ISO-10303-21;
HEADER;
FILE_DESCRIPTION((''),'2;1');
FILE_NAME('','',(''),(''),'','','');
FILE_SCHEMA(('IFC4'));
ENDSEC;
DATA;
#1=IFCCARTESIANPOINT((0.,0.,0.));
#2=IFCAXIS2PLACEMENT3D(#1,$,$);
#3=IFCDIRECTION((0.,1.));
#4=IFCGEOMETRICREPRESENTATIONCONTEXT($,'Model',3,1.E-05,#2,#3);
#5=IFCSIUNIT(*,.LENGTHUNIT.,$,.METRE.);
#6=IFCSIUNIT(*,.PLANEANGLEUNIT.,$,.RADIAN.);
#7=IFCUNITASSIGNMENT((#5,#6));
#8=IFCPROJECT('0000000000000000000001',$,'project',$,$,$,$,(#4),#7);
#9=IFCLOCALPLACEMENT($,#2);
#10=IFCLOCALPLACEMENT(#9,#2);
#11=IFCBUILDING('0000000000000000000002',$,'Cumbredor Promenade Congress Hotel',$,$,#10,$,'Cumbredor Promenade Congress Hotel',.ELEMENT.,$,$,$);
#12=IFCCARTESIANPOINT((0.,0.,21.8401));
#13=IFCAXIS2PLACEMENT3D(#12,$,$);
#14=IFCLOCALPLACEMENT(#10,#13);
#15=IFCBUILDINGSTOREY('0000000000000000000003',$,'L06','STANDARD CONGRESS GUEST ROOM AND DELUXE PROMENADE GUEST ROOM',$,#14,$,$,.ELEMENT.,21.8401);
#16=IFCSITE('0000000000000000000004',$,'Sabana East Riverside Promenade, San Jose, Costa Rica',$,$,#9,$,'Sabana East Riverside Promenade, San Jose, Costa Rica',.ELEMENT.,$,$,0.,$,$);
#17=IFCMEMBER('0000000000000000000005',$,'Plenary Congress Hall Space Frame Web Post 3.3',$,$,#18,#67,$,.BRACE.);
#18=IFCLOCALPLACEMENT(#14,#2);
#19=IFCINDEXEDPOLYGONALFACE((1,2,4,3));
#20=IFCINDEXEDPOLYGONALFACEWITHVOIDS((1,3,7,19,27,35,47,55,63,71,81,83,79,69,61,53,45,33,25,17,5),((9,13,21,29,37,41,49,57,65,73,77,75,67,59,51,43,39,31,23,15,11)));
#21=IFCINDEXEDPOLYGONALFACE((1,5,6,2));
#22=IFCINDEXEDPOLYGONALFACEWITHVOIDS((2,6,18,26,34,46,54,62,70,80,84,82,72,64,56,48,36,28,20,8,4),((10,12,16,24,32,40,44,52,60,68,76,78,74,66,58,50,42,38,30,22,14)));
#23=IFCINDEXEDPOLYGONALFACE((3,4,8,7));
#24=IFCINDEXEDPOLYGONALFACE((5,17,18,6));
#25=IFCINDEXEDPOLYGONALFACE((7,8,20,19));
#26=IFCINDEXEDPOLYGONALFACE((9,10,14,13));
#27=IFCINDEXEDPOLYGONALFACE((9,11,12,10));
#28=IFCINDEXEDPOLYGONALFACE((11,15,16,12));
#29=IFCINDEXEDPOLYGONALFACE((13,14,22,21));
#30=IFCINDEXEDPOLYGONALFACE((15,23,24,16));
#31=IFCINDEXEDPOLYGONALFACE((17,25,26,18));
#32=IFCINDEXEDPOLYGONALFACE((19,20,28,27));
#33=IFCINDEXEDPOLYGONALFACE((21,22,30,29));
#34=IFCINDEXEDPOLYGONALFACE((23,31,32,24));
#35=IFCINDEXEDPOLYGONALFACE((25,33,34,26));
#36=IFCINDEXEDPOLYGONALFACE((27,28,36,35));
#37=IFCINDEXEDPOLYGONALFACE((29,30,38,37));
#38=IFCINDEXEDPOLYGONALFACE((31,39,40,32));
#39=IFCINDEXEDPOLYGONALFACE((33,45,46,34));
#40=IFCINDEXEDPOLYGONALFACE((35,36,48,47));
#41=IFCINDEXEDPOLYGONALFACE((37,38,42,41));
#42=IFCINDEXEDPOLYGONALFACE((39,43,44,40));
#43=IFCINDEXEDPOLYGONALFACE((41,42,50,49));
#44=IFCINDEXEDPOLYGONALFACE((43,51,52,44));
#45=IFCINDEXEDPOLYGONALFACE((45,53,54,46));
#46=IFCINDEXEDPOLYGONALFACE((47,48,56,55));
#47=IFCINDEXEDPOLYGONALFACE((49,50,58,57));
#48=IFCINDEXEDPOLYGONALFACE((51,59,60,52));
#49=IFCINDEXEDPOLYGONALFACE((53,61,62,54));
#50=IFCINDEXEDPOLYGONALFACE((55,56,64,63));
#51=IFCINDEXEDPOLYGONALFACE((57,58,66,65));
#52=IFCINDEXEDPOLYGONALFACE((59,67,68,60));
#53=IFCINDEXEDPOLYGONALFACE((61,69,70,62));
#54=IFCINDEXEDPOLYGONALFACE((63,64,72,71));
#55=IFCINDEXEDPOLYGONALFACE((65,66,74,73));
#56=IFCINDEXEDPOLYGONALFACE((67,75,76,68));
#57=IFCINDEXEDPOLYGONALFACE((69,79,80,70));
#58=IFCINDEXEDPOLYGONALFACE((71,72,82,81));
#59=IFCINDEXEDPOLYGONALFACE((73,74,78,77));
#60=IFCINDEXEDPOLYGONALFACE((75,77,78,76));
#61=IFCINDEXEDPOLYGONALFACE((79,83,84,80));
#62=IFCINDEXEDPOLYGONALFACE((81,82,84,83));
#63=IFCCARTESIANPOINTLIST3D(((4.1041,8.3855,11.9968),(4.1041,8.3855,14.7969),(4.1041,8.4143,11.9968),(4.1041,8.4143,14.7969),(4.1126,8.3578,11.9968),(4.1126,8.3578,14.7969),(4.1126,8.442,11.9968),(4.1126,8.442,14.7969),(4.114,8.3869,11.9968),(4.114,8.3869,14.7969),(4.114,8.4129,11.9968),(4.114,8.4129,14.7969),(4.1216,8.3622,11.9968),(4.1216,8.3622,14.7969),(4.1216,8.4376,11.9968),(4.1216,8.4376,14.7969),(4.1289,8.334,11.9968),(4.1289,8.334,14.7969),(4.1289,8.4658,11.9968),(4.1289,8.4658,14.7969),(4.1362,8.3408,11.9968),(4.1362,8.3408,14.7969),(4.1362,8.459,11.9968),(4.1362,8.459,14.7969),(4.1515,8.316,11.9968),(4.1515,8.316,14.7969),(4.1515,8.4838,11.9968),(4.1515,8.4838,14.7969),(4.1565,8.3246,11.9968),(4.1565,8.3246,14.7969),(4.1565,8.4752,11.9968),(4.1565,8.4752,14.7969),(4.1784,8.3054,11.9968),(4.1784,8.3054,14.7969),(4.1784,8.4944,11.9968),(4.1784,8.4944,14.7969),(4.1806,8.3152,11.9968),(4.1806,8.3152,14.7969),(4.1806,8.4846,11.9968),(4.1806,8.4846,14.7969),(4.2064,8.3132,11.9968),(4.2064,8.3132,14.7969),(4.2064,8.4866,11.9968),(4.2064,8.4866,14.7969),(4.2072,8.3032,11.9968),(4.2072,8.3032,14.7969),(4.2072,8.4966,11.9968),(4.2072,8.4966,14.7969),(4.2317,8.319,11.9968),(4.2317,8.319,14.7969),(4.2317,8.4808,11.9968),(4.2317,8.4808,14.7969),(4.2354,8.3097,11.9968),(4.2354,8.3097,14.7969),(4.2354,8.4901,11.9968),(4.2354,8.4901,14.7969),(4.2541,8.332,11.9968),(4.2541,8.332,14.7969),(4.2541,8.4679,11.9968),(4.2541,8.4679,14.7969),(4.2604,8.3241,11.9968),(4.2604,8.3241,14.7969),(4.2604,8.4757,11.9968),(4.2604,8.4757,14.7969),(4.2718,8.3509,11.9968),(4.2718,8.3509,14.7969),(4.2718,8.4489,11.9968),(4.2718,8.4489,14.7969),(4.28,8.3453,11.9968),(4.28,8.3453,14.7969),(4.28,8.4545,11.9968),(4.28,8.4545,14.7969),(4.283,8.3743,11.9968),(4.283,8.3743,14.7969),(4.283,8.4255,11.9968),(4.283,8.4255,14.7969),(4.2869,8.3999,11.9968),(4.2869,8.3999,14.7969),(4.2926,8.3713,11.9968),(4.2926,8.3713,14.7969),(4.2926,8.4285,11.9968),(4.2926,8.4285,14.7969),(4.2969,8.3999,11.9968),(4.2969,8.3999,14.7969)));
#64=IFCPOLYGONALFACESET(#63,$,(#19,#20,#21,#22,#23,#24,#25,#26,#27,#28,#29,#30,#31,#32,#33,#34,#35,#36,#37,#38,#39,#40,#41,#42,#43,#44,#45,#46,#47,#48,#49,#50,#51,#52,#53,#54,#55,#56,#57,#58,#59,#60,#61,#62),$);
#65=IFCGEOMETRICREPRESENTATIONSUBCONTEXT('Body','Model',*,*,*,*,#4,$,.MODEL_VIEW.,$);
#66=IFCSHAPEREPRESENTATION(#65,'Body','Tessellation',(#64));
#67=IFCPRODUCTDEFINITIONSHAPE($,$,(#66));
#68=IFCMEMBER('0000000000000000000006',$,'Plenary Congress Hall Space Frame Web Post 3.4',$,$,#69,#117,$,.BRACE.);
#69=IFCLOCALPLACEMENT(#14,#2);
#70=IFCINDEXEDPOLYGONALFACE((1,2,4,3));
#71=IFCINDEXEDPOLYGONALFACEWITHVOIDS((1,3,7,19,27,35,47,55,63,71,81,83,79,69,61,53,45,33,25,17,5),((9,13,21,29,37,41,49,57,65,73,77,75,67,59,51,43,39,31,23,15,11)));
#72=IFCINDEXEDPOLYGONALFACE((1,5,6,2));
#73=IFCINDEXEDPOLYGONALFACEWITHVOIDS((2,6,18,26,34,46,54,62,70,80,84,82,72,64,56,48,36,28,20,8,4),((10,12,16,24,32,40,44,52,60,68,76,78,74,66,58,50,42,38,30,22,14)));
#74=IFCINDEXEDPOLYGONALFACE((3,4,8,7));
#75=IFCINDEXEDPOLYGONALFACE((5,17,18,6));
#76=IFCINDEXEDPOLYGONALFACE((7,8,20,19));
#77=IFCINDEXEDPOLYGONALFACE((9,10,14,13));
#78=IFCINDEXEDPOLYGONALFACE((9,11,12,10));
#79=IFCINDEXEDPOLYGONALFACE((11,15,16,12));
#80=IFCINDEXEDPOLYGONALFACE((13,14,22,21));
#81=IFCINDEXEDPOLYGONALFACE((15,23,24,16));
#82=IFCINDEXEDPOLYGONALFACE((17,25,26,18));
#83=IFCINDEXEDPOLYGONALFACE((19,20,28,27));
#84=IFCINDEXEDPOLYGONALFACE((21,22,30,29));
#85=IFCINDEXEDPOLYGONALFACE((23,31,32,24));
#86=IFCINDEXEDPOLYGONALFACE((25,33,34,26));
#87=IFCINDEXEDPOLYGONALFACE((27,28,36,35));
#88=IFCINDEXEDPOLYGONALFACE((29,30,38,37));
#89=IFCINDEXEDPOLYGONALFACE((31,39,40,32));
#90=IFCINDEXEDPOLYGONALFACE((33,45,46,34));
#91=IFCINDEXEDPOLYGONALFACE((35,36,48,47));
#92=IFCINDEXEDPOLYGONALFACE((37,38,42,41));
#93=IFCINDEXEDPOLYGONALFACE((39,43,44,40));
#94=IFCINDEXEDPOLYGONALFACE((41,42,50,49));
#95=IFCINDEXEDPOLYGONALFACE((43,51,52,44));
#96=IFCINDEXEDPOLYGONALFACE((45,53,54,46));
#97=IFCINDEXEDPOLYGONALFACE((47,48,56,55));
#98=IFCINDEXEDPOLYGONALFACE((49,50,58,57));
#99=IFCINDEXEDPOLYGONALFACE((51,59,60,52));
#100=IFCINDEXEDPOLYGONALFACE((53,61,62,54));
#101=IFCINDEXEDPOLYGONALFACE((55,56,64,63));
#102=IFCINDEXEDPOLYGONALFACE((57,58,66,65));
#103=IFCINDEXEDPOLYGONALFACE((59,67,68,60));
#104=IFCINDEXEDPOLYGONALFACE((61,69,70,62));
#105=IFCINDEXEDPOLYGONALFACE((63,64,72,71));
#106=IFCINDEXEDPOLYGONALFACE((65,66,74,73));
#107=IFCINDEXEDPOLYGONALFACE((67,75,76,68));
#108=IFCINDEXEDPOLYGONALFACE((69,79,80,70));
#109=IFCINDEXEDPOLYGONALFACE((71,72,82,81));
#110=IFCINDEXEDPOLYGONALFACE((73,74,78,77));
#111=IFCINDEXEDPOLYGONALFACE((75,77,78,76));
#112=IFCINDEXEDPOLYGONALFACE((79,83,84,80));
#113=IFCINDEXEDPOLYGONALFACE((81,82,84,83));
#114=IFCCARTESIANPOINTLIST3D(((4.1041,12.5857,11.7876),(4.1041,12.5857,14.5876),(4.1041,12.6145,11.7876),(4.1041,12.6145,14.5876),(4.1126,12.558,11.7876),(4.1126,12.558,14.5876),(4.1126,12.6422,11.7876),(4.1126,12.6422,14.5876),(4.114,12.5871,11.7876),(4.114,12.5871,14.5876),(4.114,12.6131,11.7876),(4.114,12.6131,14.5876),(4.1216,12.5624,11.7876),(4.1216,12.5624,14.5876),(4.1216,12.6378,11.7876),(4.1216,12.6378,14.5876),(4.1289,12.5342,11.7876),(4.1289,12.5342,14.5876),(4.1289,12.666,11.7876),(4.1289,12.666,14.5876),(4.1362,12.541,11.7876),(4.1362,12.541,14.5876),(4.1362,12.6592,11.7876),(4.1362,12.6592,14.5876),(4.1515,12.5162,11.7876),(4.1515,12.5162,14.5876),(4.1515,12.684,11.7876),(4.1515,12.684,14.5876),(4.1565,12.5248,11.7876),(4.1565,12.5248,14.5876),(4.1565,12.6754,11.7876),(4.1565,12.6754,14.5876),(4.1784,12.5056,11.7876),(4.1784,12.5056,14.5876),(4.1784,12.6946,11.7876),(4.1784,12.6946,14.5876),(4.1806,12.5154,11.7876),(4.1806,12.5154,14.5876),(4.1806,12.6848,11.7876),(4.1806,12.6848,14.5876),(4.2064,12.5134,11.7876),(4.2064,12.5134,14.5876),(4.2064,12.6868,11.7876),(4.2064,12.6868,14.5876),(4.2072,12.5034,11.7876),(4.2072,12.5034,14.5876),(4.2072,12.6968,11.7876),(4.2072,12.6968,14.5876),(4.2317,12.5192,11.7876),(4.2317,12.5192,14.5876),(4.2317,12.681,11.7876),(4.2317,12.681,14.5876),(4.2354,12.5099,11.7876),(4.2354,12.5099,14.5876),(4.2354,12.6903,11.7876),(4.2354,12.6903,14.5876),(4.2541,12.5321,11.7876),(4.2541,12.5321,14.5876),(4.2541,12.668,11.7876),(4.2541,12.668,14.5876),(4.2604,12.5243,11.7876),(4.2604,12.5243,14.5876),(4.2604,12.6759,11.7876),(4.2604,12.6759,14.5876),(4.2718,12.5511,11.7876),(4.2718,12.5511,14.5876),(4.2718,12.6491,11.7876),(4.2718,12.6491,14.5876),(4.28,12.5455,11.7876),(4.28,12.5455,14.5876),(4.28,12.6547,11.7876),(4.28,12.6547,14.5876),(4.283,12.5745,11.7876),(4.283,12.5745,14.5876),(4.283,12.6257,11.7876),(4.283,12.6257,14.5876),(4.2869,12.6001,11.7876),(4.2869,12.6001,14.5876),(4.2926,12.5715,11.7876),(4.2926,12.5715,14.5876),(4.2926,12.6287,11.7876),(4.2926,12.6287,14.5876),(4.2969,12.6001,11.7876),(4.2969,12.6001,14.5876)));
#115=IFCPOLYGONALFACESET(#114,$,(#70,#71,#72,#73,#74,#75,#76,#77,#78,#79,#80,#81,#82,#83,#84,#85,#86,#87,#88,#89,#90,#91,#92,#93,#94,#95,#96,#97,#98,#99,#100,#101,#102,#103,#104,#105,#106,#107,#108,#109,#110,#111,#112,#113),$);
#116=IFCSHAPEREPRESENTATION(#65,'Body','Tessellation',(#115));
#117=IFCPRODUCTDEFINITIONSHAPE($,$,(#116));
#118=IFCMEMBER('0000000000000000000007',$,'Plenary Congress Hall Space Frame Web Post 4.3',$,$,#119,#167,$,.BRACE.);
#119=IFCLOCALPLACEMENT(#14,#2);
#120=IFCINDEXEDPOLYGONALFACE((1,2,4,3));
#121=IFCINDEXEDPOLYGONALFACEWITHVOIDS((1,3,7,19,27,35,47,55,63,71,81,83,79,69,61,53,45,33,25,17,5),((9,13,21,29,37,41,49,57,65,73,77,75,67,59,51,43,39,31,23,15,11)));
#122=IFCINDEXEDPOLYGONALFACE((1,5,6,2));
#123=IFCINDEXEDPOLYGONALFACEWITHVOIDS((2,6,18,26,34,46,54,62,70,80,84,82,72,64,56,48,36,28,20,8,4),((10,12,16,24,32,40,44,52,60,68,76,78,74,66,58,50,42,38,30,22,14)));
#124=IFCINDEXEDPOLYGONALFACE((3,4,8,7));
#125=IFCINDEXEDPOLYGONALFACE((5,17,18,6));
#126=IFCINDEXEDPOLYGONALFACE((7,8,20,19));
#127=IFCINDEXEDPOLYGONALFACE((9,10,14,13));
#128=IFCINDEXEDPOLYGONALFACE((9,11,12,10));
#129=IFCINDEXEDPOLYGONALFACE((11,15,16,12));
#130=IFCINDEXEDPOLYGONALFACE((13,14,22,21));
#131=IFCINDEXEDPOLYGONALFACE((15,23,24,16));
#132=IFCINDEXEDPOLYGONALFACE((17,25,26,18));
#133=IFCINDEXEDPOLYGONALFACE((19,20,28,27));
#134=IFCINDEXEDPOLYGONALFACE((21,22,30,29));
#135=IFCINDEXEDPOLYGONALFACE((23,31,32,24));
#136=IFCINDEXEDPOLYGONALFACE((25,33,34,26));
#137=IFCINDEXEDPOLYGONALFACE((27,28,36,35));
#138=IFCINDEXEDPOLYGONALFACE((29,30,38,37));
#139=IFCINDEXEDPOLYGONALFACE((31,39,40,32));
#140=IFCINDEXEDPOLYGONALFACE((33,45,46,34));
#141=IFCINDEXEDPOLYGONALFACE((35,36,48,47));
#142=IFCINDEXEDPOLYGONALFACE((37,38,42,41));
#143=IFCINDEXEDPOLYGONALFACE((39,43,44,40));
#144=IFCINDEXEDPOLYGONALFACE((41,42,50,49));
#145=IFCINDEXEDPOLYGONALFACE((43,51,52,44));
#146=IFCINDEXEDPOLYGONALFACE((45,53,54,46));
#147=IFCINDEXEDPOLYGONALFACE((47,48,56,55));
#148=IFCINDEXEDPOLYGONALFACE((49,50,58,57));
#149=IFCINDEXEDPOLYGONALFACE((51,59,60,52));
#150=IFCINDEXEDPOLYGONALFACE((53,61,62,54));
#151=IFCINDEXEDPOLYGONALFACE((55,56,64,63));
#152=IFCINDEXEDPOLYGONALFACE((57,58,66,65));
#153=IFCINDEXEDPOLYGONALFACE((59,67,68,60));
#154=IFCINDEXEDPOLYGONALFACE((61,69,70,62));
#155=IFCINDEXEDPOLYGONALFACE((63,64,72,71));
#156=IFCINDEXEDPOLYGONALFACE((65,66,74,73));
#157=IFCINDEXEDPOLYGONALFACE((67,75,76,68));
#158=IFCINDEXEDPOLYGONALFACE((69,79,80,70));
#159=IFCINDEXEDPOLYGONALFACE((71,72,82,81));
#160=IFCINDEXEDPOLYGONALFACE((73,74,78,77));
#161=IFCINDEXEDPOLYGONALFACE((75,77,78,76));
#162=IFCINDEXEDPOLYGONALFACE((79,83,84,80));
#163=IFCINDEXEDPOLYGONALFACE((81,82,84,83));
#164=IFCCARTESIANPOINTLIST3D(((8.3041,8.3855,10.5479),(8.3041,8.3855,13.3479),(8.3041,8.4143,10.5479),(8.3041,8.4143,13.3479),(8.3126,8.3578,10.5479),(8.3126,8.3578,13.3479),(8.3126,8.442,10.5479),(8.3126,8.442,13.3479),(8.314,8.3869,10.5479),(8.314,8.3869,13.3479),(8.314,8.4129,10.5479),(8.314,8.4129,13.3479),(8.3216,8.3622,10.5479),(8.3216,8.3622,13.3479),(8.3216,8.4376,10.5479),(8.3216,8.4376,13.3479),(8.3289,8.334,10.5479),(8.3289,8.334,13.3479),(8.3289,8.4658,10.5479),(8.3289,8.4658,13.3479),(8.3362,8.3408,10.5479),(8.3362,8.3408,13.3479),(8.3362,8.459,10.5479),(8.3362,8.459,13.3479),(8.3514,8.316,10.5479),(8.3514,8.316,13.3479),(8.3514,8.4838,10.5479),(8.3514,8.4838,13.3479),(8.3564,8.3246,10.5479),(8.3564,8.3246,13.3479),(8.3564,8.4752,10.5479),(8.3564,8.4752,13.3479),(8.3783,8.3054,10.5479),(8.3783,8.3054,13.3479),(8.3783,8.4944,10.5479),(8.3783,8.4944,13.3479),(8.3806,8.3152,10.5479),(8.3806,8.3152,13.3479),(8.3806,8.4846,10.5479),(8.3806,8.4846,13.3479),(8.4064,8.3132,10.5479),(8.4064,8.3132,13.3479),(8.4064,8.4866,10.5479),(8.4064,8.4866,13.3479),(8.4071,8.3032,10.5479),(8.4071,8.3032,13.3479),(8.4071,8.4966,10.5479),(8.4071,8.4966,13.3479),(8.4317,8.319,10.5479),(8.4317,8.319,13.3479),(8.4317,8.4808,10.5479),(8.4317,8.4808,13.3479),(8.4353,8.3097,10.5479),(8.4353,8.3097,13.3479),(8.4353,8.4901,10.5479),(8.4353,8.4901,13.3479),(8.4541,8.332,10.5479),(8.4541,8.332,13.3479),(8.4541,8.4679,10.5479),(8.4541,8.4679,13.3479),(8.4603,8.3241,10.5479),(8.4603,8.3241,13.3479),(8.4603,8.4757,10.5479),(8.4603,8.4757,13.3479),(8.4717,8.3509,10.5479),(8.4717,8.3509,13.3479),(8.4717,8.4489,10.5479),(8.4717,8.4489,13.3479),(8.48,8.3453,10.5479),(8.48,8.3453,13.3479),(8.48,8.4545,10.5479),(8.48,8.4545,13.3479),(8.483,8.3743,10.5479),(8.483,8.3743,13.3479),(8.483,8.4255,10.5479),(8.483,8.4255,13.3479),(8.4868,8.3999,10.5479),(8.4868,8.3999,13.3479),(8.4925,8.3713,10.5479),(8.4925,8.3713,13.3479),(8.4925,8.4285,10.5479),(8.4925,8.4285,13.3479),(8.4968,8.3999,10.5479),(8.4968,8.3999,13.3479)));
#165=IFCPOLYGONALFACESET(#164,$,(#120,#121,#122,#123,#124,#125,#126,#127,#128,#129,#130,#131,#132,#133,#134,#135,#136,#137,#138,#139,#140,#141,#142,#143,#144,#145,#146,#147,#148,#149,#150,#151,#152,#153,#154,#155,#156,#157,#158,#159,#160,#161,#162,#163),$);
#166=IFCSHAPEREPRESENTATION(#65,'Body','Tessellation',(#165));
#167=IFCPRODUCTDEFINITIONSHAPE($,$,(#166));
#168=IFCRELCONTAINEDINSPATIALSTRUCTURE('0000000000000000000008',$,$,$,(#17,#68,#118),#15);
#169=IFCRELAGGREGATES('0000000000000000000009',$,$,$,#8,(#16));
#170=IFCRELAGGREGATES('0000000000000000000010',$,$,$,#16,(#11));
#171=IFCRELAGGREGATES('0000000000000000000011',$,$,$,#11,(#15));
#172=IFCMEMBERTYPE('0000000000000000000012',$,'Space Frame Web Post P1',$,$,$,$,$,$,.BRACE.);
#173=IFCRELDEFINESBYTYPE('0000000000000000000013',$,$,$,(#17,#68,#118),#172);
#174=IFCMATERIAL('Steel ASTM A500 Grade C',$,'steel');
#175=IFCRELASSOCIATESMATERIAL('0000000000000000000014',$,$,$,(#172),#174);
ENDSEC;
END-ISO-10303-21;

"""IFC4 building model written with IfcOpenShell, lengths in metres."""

from ifc_helpers import new_model, si_unit, direction, frame, origin, origin_2d, place, context, subcontext, project, spatial, hollow_circle, extrude, material, material_profile, profile_set, type_object, element, save


model = new_model("IFC4")

# Units and contexts
model_context = context("Model", 3, precision=1e-05, world=origin(), true_north=direction((0.0, 1.0)))
body_context = subcontext(model_context, "Body", "Model", "MODEL_VIEW")
ifc_project = project(units=[si_unit("LENGTHUNIT", "METRE"), si_unit("PLANEANGLEUNIT", "RADIAN")], contexts=[model_context])

# Site, building, storey
site_placement = place(None, origin())
site = spatial("IfcSite", under=ifc_project, at=site_placement, Name="Sabana East Riverside Promenade, San Jose, Costa Rica", LongName="Sabana East Riverside Promenade, San Jose, Costa Rica", CompositionType="ELEMENT", RefElevation=0.0)
building_placement = place(site_placement, origin())
building = spatial("IfcBuilding", under=site, at=building_placement, Name="Cumbredor Promenade Congress Hotel", LongName="Cumbredor Promenade Congress Hotel", CompositionType="ELEMENT")
storey_placement = place(building_placement, frame((0.0, 0.0, 21.8401)))
storey = spatial("IfcBuildingStorey", under=building, at=storey_placement, Name="L06", Description="STANDARD CONGRESS GUEST ROOM AND DELUXE PROMENADE GUEST ROOM", CompositionType="ELEMENT", Elevation=21.8401)

# Members
ifc_material_1 = material(Name="Steel ASTM A500 Grade C", Category="steel")
ifc_material_profile_1 = material_profile(ifc_material_1, hollow_circle(Radius=0.0969, WallThickness=0.01, at=origin_2d()), Name="CHS 193.7x10")
ifc_profile_set_1 = profile_set([ifc_material_profile_1], Name="Steel ASTM A500 Grade C")
member_type_1 = type_object("IfcMemberType", Name="Space Frame Web Post P1", PredefinedType="BRACE", material=ifc_profile_set_1)
for number, where, z_axis, x_axis, name in (
    (1, (4.2, 8.3999, 11.9968), (0.0, 0.0, 1.0), (1.0, 0.0, 0.0), "Plenary Congress Hall Space Frame Web Post 3.3"),
    (2, (4.2, 12.6001, 11.7876), (0.0, 0.0, 1.0), (1.0, 0.0, 0.0), "Plenary Congress Hall Space Frame Web Post 3.4"),
    (3, (8.3999, 8.3999, 10.5479), (0.0, 0.0, 1.0), (1.0, 0.0, 0.0), "Plenary Congress Hall Space Frame Web Post 4.3"),
):
    element("IfcMember", number, at=place(storey_placement, frame(where, z_axis=z_axis, x_axis=x_axis)), inside=storey, type_object=member_type_1, Name=name, PredefinedType="BRACE", context=body_context, shape_type="SweptSolid", body=[
        extrude(hollow_circle(Radius=0.0969, WallThickness=0.01, at=origin_2d()), origin(), (0.0, 0.0, 1.0), 2.8),
    ])

save(model, "model.ifc")
